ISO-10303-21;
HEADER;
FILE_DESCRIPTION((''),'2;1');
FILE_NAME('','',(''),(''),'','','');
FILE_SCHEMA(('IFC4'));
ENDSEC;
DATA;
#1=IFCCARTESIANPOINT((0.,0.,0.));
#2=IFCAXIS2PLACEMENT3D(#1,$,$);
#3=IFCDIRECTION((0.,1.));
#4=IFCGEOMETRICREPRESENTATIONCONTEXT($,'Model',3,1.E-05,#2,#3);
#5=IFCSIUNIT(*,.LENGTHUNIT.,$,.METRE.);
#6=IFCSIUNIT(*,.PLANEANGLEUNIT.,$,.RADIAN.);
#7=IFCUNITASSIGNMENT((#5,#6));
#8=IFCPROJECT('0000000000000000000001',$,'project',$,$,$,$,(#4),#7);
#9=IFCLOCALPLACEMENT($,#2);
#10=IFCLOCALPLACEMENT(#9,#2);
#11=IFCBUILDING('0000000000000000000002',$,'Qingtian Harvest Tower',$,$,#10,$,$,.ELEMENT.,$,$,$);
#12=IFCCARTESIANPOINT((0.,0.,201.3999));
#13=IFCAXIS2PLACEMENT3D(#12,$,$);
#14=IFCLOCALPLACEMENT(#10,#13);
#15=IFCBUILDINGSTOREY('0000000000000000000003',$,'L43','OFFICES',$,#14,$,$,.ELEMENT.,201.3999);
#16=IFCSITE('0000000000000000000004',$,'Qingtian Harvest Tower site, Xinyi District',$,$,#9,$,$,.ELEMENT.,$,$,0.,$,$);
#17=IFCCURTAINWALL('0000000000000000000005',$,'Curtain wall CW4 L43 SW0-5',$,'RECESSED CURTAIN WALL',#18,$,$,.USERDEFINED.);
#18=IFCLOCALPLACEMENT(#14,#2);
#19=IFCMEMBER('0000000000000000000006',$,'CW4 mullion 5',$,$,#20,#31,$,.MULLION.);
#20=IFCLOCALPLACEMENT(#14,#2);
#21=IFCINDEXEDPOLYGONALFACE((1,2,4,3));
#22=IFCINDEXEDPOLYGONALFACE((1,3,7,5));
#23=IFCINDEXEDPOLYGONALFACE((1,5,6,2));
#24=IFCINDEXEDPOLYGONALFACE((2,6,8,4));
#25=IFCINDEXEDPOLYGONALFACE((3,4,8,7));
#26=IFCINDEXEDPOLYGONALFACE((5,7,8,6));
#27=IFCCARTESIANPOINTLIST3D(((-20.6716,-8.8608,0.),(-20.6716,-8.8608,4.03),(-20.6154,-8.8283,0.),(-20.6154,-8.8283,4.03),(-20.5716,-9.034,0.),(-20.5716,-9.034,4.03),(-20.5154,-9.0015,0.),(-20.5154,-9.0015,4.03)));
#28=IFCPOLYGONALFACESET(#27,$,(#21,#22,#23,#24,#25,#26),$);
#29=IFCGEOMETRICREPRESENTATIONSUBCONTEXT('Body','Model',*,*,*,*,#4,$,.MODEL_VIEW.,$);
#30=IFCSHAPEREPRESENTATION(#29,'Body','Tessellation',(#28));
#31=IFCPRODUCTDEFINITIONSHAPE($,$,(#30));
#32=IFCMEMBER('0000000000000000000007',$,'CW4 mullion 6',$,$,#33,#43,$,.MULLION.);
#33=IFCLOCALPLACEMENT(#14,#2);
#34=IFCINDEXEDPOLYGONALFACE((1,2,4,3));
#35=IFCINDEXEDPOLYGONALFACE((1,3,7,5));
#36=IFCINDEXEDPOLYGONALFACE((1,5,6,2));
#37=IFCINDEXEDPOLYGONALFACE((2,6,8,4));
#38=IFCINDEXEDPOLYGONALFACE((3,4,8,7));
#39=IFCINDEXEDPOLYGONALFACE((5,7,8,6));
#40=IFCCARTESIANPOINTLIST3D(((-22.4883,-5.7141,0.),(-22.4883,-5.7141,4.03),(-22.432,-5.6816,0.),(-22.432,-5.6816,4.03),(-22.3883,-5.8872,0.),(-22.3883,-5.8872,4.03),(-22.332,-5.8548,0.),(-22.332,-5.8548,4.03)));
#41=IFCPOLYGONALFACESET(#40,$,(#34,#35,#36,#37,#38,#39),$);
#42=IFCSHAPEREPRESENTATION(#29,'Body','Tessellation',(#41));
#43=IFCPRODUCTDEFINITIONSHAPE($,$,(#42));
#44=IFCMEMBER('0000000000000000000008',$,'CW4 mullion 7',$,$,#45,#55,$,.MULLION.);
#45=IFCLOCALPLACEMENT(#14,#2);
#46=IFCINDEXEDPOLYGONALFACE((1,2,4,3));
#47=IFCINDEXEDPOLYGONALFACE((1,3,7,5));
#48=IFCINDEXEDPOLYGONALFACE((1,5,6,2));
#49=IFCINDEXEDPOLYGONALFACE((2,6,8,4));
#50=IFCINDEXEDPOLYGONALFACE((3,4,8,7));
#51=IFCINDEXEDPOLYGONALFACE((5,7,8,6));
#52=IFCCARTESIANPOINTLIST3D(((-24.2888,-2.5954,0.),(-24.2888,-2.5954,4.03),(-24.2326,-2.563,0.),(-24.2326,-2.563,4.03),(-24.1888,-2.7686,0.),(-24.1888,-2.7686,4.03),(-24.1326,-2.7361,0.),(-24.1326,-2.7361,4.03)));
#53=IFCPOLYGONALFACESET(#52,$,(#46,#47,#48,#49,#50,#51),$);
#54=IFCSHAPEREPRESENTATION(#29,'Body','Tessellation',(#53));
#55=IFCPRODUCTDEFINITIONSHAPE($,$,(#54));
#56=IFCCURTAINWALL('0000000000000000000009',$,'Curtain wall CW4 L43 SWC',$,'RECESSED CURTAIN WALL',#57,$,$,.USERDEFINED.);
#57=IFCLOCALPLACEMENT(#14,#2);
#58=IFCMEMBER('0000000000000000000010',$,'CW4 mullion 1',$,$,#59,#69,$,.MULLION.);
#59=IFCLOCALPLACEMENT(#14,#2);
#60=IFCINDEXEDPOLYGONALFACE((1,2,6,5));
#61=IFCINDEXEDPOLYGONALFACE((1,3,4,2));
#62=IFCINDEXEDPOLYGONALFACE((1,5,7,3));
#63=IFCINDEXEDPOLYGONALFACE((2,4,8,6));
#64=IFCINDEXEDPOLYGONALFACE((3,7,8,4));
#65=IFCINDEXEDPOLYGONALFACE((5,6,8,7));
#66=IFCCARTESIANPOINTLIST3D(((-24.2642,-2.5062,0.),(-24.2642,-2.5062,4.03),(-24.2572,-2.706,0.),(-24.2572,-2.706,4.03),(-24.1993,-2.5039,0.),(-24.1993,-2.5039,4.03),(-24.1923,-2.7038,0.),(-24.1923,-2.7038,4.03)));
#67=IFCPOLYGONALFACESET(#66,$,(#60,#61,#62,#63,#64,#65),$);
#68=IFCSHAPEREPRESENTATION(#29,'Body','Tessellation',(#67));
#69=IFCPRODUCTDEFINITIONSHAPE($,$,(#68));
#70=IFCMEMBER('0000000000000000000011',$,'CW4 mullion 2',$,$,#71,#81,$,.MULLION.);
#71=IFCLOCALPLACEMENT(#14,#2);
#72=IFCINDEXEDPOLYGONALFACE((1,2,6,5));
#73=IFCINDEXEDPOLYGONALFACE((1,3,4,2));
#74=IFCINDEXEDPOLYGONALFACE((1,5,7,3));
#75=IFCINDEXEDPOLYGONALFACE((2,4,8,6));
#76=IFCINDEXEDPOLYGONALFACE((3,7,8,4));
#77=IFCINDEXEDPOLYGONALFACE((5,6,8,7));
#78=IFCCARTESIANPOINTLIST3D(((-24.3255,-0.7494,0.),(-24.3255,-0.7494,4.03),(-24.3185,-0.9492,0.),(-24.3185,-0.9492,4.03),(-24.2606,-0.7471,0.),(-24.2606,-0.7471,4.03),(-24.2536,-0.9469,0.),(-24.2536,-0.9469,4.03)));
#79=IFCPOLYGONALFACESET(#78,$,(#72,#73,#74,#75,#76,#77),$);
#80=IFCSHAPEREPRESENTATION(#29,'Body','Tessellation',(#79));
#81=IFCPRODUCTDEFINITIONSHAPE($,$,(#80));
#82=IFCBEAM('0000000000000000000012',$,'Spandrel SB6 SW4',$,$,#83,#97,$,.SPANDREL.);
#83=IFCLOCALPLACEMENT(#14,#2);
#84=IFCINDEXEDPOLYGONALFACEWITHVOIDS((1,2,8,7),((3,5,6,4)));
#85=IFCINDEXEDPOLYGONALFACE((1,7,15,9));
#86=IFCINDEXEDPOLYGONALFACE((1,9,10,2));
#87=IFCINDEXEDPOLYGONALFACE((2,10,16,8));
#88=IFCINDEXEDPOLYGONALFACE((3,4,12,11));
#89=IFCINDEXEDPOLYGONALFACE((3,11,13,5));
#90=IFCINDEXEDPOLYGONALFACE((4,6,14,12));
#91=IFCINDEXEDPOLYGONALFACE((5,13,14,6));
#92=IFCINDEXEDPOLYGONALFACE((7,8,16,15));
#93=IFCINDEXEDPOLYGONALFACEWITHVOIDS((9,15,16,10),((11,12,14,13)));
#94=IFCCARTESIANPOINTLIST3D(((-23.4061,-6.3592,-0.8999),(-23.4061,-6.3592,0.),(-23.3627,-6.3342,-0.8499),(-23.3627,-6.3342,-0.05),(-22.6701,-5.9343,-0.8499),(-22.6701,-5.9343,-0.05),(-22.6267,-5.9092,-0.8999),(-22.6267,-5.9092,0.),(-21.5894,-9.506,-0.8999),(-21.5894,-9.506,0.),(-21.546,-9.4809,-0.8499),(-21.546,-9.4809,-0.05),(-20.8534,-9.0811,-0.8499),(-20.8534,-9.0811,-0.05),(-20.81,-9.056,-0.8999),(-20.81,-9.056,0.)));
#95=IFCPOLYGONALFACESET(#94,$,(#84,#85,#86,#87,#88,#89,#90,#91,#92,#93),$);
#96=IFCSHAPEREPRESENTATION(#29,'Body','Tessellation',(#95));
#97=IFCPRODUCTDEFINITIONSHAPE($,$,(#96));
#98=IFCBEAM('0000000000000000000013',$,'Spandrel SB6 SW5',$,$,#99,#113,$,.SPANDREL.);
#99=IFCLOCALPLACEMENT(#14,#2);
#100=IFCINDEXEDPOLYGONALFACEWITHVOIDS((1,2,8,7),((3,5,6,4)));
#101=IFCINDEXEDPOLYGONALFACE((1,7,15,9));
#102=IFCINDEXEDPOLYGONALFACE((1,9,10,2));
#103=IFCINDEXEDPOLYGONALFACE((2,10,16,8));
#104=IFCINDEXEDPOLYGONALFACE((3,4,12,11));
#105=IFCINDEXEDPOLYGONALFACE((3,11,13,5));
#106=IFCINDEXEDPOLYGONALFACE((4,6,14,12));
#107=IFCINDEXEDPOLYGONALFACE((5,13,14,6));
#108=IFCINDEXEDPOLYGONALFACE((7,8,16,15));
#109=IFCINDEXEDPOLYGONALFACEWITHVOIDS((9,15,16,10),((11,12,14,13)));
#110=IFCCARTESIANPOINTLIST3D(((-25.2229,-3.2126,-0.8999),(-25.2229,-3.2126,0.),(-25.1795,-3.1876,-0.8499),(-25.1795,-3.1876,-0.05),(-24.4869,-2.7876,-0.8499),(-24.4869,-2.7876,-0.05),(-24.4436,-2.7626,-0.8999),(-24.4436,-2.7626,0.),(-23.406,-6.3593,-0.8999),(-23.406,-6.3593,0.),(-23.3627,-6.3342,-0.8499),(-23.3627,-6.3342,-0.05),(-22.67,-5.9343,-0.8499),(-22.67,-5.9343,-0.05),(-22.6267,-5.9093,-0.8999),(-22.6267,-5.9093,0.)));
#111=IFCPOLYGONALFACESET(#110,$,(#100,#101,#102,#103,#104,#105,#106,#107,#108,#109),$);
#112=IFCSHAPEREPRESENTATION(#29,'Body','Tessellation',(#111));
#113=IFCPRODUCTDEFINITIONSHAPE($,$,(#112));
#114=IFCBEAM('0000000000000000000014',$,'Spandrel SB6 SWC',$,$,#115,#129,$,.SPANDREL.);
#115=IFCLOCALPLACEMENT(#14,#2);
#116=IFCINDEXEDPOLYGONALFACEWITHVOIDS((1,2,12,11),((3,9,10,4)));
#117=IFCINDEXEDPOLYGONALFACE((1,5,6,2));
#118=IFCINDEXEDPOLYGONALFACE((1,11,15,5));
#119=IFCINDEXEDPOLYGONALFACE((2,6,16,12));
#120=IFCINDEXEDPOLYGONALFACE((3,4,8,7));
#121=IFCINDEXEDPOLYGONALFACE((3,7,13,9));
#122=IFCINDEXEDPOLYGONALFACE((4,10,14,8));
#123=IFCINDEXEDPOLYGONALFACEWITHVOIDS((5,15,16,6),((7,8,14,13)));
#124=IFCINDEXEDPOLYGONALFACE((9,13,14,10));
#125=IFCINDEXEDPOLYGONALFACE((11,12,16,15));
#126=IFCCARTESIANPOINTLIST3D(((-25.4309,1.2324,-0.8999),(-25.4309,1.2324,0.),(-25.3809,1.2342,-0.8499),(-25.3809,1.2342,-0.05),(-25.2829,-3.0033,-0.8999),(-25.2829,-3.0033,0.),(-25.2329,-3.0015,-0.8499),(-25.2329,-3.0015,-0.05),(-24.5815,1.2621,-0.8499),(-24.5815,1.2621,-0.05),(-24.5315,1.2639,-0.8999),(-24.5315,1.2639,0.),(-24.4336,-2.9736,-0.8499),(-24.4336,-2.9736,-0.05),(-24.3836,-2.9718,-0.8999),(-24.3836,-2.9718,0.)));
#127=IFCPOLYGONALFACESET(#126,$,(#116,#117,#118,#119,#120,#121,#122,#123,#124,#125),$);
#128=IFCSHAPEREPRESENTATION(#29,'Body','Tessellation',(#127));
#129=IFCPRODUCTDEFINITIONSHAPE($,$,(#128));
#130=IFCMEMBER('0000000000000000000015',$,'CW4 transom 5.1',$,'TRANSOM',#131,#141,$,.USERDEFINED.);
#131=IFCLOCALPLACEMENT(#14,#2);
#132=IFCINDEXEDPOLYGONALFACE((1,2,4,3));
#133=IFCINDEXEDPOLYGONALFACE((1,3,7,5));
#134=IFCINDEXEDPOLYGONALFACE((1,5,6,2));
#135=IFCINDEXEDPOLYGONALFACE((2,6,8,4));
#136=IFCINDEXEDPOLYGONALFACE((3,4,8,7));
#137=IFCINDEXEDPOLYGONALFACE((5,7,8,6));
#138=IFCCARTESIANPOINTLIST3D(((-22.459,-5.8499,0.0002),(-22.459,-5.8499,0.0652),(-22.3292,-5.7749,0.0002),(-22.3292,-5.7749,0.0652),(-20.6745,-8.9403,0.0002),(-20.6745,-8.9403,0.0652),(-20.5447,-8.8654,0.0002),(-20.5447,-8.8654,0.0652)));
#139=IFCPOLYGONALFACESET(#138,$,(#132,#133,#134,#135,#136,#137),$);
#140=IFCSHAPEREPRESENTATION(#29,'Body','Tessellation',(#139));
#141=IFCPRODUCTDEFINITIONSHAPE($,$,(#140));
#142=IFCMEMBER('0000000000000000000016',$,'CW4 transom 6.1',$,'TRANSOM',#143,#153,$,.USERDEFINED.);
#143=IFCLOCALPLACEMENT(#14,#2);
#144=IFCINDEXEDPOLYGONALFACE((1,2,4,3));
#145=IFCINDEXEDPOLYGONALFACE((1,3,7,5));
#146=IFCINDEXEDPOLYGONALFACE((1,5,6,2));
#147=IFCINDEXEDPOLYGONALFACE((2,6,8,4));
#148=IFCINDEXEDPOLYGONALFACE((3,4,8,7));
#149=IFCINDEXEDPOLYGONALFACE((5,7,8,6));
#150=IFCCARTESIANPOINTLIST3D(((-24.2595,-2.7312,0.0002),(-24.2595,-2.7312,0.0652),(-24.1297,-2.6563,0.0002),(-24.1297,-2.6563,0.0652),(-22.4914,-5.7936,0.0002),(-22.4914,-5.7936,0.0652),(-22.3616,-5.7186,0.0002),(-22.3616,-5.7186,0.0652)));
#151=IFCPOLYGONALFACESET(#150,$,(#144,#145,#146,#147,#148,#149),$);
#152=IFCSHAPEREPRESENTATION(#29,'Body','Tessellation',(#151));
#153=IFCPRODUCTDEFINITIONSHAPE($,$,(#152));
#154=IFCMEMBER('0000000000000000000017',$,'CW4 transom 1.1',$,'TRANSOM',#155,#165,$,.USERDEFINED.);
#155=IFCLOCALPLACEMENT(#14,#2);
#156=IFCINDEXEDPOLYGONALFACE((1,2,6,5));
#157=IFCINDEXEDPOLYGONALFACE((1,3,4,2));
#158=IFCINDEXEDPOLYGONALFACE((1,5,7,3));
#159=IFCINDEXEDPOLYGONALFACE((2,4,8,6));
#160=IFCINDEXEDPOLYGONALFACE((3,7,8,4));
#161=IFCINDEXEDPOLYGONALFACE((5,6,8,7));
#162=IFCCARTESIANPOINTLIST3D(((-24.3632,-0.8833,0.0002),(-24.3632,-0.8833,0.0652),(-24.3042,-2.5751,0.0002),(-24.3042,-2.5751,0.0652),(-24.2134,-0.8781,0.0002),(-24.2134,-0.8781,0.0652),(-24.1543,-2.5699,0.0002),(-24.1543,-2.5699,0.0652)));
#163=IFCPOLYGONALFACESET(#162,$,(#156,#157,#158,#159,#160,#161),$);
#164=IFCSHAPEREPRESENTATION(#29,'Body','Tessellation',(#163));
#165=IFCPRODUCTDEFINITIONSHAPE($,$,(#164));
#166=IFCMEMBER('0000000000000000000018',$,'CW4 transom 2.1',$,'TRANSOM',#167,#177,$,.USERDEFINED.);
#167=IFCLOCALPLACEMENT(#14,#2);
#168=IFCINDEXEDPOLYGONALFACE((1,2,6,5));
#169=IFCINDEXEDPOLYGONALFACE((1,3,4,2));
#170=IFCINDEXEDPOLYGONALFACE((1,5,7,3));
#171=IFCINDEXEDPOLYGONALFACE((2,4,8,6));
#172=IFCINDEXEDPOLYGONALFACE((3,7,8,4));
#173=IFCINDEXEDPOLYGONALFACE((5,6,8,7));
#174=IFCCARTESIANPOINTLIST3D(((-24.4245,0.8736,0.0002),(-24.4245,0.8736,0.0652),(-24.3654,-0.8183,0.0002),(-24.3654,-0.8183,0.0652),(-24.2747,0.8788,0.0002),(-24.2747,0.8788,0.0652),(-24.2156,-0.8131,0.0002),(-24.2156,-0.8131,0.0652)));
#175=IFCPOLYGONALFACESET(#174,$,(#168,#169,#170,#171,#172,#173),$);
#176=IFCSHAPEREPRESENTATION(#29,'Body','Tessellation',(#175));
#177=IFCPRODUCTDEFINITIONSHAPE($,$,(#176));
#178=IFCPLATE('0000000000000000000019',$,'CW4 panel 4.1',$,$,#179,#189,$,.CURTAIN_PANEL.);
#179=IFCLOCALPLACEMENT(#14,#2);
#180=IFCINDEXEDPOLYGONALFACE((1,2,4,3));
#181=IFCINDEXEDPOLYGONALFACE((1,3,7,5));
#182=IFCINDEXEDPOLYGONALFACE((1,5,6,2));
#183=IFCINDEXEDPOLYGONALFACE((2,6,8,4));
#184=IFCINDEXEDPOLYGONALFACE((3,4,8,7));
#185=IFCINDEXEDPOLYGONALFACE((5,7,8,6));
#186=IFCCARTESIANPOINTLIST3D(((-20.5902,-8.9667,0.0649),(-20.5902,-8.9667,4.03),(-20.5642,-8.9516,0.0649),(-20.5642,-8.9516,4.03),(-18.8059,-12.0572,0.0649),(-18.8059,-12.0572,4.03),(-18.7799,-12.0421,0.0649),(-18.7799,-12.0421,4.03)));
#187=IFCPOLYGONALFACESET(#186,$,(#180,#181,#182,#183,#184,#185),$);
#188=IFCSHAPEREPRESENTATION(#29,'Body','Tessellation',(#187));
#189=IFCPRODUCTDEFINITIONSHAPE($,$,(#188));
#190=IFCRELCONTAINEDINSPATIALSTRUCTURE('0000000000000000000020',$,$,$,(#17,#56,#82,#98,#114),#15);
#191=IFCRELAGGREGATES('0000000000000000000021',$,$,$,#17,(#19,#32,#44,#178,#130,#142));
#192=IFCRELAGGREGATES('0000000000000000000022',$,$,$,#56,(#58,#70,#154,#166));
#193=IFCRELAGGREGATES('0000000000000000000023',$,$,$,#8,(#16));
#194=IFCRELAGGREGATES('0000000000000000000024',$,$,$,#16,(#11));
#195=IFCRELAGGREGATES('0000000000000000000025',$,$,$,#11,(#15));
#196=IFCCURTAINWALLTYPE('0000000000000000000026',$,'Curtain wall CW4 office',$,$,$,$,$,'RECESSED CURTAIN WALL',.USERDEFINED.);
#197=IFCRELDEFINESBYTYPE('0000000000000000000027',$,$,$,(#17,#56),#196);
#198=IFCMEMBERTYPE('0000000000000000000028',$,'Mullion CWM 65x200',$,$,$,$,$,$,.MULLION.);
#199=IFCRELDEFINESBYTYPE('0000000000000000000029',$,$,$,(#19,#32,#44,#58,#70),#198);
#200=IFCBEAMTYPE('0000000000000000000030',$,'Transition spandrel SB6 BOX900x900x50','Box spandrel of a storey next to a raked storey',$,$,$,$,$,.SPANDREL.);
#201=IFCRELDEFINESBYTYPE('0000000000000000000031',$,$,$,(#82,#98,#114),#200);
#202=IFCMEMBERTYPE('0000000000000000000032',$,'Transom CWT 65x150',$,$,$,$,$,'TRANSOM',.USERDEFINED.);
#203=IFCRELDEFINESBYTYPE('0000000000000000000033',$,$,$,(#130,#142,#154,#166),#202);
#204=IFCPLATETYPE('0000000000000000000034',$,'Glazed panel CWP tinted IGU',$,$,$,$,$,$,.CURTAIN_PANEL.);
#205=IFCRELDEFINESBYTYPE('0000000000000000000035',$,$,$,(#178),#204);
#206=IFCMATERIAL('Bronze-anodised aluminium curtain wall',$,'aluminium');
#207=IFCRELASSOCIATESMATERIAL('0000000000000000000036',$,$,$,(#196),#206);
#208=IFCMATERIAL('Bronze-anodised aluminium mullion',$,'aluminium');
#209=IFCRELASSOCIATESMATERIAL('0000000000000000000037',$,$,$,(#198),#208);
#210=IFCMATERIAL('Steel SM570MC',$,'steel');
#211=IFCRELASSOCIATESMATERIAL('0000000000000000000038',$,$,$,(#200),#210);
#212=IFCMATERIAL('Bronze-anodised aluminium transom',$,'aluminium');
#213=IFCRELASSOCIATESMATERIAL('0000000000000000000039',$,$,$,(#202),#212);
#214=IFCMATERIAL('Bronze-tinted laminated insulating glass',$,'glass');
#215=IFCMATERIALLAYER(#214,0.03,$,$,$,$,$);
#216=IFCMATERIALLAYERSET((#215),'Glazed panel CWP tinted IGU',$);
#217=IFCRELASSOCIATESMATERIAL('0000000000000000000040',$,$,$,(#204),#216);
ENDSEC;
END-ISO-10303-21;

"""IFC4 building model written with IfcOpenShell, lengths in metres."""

from ifc_helpers import new_model, si_unit, direction, frame, origin, origin_2d, place, context, subcontext, project, spatial, rectangle, hollow_rectangle, extrude, material, layer, layer_set, material_profile, profile_set, type_object, element, aggregate, save


model = new_model("IFC4")

# Units and contexts
model_context = context("Model", 3, precision=1e-05, world=origin(), true_north=direction((0.0, 1.0)))
body_context = subcontext(model_context, "Body", "Model", "MODEL_VIEW")
ifc_project = project(units=[si_unit("LENGTHUNIT", "METRE"), si_unit("PLANEANGLEUNIT", "RADIAN")], contexts=[model_context])

# Site, building, storey
site_placement = place(None, origin())
site = spatial("IfcSite", under=ifc_project, at=site_placement, Name="Qingtian Harvest Tower site, Xinyi District", CompositionType="ELEMENT", RefElevation=0.0)
building_placement = place(site_placement, origin())
building = spatial("IfcBuilding", under=site, at=building_placement, Name="Qingtian Harvest Tower", CompositionType="ELEMENT")
storey_placement = place(building_placement, frame((0.0, 0.0, 201.3999)))
storey = spatial("IfcBuildingStorey", under=building, at=storey_placement, Name="L43", Description="OFFICES", CompositionType="ELEMENT", Elevation=201.3999)

# Curtain walls, members
ifc_material_1 = material(Name="Bronze-anodised aluminium curtain wall", Category="aluminium")
curtain_wall_type = type_object("IfcCurtainWallType", Name="Curtain wall CW4 office", ElementType="RECESSED CURTAIN WALL", PredefinedType="USERDEFINED", material=ifc_material_1)
curtain_wall_1_placement = place(storey_placement, origin())
curtain_wall_1 = element("IfcCurtainWall", 1, at=curtain_wall_1_placement, inside=storey, type_object=curtain_wall_type, Name="Curtain wall CW4 L43 SW0-5", ObjectType="RECESSED CURTAIN WALL", PredefinedType="USERDEFINED")
ifc_material_2 = material(Name="Bronze-anodised aluminium mullion", Category="aluminium")
ifc_material_profile_1 = material_profile(ifc_material_2, rectangle(XDim=0.0649, YDim=0.2, at=origin_2d()), Name="AL 65x200")
ifc_profile_set_1 = profile_set([ifc_material_profile_1], Name="Bronze-anodised aluminium mullion")
member_type_1 = type_object("IfcMemberType", Name="Mullion CWM 65x200", PredefinedType="MULLION", material=ifc_profile_set_1)
member_1_placement = place(storey_placement, frame((-20.5935, -8.9312, 0.0), z_axis=(0.0, 0.0, 1.0), x_axis=(-0.866025, -0.5, 0.0)))
member_1 = element("IfcMember", 2, at=member_1_placement, type_object=member_type_1, Name="CW4 mullion 5", PredefinedType="MULLION", context=body_context, shape_type="SweptSolid", body=[
    extrude(rectangle(XDim=0.0649, YDim=0.2, at=origin_2d()), origin(), (0.0, 0.0, 1.0), 4.03),
])
member_2_placement = place(storey_placement, frame((-22.4102, -5.7844, 0.0), z_axis=(0.0, 0.0, 1.0), x_axis=(-0.866025, -0.5, 0.0)))
member_2 = element("IfcMember", 3, at=member_2_placement, type_object=member_type_1, Name="CW4 mullion 6", PredefinedType="MULLION", context=body_context, shape_type="SweptSolid", body=[
    extrude(rectangle(XDim=0.0649, YDim=0.2, at=origin_2d()), origin(), (0.0, 0.0, 1.0), 4.03),
])
member_3_placement = place(storey_placement, frame((-24.2107, -2.6658, 0.0), z_axis=(0.0, 0.0, 1.0), x_axis=(-0.866025, -0.5, 0.0)))
member_3 = element("IfcMember", 4, at=member_3_placement, type_object=member_type_1, Name="CW4 mullion 7", PredefinedType="MULLION", context=body_context, shape_type="SweptSolid", body=[
    extrude(rectangle(XDim=0.0649, YDim=0.2, at=origin_2d()), origin(), (0.0, 0.0, 1.0), 4.03),
])
curtain_wall_2_placement = place(storey_placement, origin())
curtain_wall_2 = element("IfcCurtainWall", 5, at=curtain_wall_2_placement, inside=storey, type_object=curtain_wall_type, Name="Curtain wall CW4 L43 SWC", ObjectType="RECESSED CURTAIN WALL", PredefinedType="USERDEFINED")
member_4_placement = place(storey_placement, frame((-24.2283, -2.605, 0.0), z_axis=(0.0, 0.0, 1.0), x_axis=(-0.999391, -0.034899, 0.0)))
member_4 = element("IfcMember", 6, at=member_4_placement, type_object=member_type_1, Name="CW4 mullion 1", PredefinedType="MULLION", context=body_context, shape_type="SweptSolid", body=[
    extrude(rectangle(XDim=0.0649, YDim=0.2, at=origin_2d()), origin(), (0.0, 0.0, 1.0), 4.03),
])
member_5_placement = place(storey_placement, frame((-24.2896, -0.8481, 0.0), z_axis=(0.0, 0.0, 1.0), x_axis=(-0.999391, -0.034899, 0.0)))
member_5 = element("IfcMember", 7, at=member_5_placement, type_object=member_type_1, Name="CW4 mullion 2", PredefinedType="MULLION", context=body_context, shape_type="SweptSolid", body=[
    extrude(rectangle(XDim=0.0649, YDim=0.2, at=origin_2d()), origin(), (0.0, 0.0, 1.0), 4.03),
])

# Beams
ifc_material_3 = material(Name="Steel SM570MC", Category="steel")
ifc_material_profile_2 = material_profile(ifc_material_3, hollow_rectangle(XDim=0.8999, YDim=0.8999, WallThickness=0.05, at=origin_2d()), Name="BOX900x900x50")
ifc_profile_set_2 = profile_set([ifc_material_profile_2], Name="Steel SM570MC")
beam_type_1 = type_object("IfcBeamType", Name="Transition spandrel SB6 BOX900x900x50", Description="Box spandrel of a storey next to a raked storey", PredefinedType="SPANDREL", material=ifc_profile_set_2)
for number, where, z_axis, x_axis, name in (
    (8, (-21.1997, -9.281, -0.45), (-0.499976, 0.866039, 0.0), (-0.866039, -0.499976, 0.0), "Spandrel SB6 SW4"),
    (9, (-23.0164, -6.1343, -0.45), (-0.500027, 0.86601, 0.0), (-0.86601, -0.500027, 0.0), "Spandrel SB6 SW5"),
):
    element("IfcBeam", number, at=place(storey_placement, frame(where, z_axis=z_axis, x_axis=x_axis)), inside=storey, type_object=beam_type_1, Name=name, PredefinedType="SPANDREL", context=body_context, shape_type="SweptSolid", body=[
        extrude(hollow_rectangle(XDim=0.8999, YDim=0.8999, WallThickness=0.05, at=origin_2d()), origin(), (0.0, 0.0, 1.0), 3.6335),
    ])
beam_1_placement = place(storey_placement, frame((-24.8333, -2.9875, -0.45), z_axis=(-0.034909, 0.999391, 0.0), x_axis=(-0.999391, -0.034909, 0.0)))
element("IfcBeam", 10, at=beam_1_placement, inside=storey, type_object=beam_type_1, Name="Spandrel SB6 SWC", PredefinedType="SPANDREL", context=body_context, shape_type="SweptSolid", body=[
    extrude(hollow_rectangle(XDim=0.8999, YDim=0.8999, WallThickness=0.05, at=origin_2d()), origin(), (0.0, 0.0, 1.0), 4.2383),
])

# Members
ifc_material_4 = material(Name="Bronze-anodised aluminium transom", Category="aluminium")
ifc_material_profile_3 = material_profile(ifc_material_4, rectangle(XDim=0.1499, YDim=0.0649, at=origin_2d()), Name="AL 65x150")
ifc_profile_set_3 = profile_set([ifc_material_profile_3], Name="Bronze-anodised aluminium transom")
member_type_2 = type_object("IfcMemberType", Name="Transom CWT 65x150", ElementType="TRANSOM", PredefinedType="USERDEFINED", material=ifc_profile_set_3)
member_6_placement = place(storey_placement, frame((-20.6096, -8.9028, 0.0327), z_axis=(-0.500046, 0.865999, 0.0), x_axis=(-0.865999, -0.500046, 0.0)))
member_6 = element("IfcMember", 11, at=member_6_placement, type_object=member_type_2, Name="CW4 transom 5.1", ObjectType="TRANSOM", PredefinedType="USERDEFINED", context=body_context, shape_type="SweptSolid", body=[
    extrude(rectangle(XDim=0.1499, YDim=0.0649, at=origin_2d()), origin(), (0.0, 0.0, 1.0), 3.5686),
])
member_7_placement = place(storey_placement, frame((-22.4265, -5.7561, 0.0327), z_axis=(-0.500015, 0.866017, 0.0), x_axis=(-0.866017, -0.500015, 0.0)))
member_7 = element("IfcMember", 12, at=member_7_placement, type_object=member_type_2, Name="CW4 transom 6.1", ObjectType="TRANSOM", PredefinedType="USERDEFINED", context=body_context, shape_type="SweptSolid", body=[
    extrude(rectangle(XDim=0.1499, YDim=0.0649, at=origin_2d()), origin(), (0.0, 0.0, 1.0), 3.5361),
])
member_8_placement = place(storey_placement, frame((-24.2292, -2.5725, 0.0327), z_axis=(-0.034899, 0.999391, 0.0), x_axis=(-0.999391, -0.034899, 0.0)))
member_8 = element("IfcMember", 13, at=member_8_placement, type_object=member_type_2, Name="CW4 transom 1.1", ObjectType="TRANSOM", PredefinedType="USERDEFINED", context=body_context, shape_type="SweptSolid", body=[
    extrude(rectangle(XDim=0.1499, YDim=0.0649, at=origin_2d()), origin(), (0.0, 0.0, 1.0), 1.6929),
])
member_9_placement = place(storey_placement, frame((-24.2905, -0.8157, 0.0327), z_axis=(-0.034899, 0.999391, 0.0), x_axis=(-0.999391, -0.034899, 0.0)))
member_9 = element("IfcMember", 14, at=member_9_placement, type_object=member_type_2, Name="CW4 transom 2.1", ObjectType="TRANSOM", PredefinedType="USERDEFINED", context=body_context, shape_type="SweptSolid", body=[
    extrude(rectangle(XDim=0.1499, YDim=0.0649, at=origin_2d()), origin(), (0.0, 0.0, 1.0), 1.6929),
])

# Plate
ifc_material_5 = material(Name="Bronze-tinted laminated insulating glass", Category="glass")
ifc_layer_1 = layer(ifc_material_5, 0.03)
ifc_layer_set_1 = layer_set([ifc_layer_1], Name="Glazed panel CWP tinted IGU")
plate_type = type_object("IfcPlateType", Name="Glazed panel CWP tinted IGU", PredefinedType="CURTAIN_PANEL", material=ifc_layer_set_1)
plate_1_placement = place(storey_placement, frame((-19.6851, -10.5044, 0.0649), z_axis=(0.0, 0.0, 1.0), x_axis=(-0.5, 0.866025, 0.0)))
plate_1 = element("IfcPlate", 15, at=plate_1_placement, type_object=plate_type, Name="CW4 panel 4.1", PredefinedType="CURTAIN_PANEL", context=body_context, shape_type="SweptSolid", body=[
    extrude(rectangle(XDim=3.5686, YDim=0.03, at=origin_2d()), origin(), (0.0, 0.0, 1.0), 3.9651),
])
aggregate(curtain_wall_1, [member_1, member_2, member_3, plate_1, member_6, member_7])
aggregate(curtain_wall_2, [member_4, member_5, member_8, member_9])

save(model, "model.ifc")
